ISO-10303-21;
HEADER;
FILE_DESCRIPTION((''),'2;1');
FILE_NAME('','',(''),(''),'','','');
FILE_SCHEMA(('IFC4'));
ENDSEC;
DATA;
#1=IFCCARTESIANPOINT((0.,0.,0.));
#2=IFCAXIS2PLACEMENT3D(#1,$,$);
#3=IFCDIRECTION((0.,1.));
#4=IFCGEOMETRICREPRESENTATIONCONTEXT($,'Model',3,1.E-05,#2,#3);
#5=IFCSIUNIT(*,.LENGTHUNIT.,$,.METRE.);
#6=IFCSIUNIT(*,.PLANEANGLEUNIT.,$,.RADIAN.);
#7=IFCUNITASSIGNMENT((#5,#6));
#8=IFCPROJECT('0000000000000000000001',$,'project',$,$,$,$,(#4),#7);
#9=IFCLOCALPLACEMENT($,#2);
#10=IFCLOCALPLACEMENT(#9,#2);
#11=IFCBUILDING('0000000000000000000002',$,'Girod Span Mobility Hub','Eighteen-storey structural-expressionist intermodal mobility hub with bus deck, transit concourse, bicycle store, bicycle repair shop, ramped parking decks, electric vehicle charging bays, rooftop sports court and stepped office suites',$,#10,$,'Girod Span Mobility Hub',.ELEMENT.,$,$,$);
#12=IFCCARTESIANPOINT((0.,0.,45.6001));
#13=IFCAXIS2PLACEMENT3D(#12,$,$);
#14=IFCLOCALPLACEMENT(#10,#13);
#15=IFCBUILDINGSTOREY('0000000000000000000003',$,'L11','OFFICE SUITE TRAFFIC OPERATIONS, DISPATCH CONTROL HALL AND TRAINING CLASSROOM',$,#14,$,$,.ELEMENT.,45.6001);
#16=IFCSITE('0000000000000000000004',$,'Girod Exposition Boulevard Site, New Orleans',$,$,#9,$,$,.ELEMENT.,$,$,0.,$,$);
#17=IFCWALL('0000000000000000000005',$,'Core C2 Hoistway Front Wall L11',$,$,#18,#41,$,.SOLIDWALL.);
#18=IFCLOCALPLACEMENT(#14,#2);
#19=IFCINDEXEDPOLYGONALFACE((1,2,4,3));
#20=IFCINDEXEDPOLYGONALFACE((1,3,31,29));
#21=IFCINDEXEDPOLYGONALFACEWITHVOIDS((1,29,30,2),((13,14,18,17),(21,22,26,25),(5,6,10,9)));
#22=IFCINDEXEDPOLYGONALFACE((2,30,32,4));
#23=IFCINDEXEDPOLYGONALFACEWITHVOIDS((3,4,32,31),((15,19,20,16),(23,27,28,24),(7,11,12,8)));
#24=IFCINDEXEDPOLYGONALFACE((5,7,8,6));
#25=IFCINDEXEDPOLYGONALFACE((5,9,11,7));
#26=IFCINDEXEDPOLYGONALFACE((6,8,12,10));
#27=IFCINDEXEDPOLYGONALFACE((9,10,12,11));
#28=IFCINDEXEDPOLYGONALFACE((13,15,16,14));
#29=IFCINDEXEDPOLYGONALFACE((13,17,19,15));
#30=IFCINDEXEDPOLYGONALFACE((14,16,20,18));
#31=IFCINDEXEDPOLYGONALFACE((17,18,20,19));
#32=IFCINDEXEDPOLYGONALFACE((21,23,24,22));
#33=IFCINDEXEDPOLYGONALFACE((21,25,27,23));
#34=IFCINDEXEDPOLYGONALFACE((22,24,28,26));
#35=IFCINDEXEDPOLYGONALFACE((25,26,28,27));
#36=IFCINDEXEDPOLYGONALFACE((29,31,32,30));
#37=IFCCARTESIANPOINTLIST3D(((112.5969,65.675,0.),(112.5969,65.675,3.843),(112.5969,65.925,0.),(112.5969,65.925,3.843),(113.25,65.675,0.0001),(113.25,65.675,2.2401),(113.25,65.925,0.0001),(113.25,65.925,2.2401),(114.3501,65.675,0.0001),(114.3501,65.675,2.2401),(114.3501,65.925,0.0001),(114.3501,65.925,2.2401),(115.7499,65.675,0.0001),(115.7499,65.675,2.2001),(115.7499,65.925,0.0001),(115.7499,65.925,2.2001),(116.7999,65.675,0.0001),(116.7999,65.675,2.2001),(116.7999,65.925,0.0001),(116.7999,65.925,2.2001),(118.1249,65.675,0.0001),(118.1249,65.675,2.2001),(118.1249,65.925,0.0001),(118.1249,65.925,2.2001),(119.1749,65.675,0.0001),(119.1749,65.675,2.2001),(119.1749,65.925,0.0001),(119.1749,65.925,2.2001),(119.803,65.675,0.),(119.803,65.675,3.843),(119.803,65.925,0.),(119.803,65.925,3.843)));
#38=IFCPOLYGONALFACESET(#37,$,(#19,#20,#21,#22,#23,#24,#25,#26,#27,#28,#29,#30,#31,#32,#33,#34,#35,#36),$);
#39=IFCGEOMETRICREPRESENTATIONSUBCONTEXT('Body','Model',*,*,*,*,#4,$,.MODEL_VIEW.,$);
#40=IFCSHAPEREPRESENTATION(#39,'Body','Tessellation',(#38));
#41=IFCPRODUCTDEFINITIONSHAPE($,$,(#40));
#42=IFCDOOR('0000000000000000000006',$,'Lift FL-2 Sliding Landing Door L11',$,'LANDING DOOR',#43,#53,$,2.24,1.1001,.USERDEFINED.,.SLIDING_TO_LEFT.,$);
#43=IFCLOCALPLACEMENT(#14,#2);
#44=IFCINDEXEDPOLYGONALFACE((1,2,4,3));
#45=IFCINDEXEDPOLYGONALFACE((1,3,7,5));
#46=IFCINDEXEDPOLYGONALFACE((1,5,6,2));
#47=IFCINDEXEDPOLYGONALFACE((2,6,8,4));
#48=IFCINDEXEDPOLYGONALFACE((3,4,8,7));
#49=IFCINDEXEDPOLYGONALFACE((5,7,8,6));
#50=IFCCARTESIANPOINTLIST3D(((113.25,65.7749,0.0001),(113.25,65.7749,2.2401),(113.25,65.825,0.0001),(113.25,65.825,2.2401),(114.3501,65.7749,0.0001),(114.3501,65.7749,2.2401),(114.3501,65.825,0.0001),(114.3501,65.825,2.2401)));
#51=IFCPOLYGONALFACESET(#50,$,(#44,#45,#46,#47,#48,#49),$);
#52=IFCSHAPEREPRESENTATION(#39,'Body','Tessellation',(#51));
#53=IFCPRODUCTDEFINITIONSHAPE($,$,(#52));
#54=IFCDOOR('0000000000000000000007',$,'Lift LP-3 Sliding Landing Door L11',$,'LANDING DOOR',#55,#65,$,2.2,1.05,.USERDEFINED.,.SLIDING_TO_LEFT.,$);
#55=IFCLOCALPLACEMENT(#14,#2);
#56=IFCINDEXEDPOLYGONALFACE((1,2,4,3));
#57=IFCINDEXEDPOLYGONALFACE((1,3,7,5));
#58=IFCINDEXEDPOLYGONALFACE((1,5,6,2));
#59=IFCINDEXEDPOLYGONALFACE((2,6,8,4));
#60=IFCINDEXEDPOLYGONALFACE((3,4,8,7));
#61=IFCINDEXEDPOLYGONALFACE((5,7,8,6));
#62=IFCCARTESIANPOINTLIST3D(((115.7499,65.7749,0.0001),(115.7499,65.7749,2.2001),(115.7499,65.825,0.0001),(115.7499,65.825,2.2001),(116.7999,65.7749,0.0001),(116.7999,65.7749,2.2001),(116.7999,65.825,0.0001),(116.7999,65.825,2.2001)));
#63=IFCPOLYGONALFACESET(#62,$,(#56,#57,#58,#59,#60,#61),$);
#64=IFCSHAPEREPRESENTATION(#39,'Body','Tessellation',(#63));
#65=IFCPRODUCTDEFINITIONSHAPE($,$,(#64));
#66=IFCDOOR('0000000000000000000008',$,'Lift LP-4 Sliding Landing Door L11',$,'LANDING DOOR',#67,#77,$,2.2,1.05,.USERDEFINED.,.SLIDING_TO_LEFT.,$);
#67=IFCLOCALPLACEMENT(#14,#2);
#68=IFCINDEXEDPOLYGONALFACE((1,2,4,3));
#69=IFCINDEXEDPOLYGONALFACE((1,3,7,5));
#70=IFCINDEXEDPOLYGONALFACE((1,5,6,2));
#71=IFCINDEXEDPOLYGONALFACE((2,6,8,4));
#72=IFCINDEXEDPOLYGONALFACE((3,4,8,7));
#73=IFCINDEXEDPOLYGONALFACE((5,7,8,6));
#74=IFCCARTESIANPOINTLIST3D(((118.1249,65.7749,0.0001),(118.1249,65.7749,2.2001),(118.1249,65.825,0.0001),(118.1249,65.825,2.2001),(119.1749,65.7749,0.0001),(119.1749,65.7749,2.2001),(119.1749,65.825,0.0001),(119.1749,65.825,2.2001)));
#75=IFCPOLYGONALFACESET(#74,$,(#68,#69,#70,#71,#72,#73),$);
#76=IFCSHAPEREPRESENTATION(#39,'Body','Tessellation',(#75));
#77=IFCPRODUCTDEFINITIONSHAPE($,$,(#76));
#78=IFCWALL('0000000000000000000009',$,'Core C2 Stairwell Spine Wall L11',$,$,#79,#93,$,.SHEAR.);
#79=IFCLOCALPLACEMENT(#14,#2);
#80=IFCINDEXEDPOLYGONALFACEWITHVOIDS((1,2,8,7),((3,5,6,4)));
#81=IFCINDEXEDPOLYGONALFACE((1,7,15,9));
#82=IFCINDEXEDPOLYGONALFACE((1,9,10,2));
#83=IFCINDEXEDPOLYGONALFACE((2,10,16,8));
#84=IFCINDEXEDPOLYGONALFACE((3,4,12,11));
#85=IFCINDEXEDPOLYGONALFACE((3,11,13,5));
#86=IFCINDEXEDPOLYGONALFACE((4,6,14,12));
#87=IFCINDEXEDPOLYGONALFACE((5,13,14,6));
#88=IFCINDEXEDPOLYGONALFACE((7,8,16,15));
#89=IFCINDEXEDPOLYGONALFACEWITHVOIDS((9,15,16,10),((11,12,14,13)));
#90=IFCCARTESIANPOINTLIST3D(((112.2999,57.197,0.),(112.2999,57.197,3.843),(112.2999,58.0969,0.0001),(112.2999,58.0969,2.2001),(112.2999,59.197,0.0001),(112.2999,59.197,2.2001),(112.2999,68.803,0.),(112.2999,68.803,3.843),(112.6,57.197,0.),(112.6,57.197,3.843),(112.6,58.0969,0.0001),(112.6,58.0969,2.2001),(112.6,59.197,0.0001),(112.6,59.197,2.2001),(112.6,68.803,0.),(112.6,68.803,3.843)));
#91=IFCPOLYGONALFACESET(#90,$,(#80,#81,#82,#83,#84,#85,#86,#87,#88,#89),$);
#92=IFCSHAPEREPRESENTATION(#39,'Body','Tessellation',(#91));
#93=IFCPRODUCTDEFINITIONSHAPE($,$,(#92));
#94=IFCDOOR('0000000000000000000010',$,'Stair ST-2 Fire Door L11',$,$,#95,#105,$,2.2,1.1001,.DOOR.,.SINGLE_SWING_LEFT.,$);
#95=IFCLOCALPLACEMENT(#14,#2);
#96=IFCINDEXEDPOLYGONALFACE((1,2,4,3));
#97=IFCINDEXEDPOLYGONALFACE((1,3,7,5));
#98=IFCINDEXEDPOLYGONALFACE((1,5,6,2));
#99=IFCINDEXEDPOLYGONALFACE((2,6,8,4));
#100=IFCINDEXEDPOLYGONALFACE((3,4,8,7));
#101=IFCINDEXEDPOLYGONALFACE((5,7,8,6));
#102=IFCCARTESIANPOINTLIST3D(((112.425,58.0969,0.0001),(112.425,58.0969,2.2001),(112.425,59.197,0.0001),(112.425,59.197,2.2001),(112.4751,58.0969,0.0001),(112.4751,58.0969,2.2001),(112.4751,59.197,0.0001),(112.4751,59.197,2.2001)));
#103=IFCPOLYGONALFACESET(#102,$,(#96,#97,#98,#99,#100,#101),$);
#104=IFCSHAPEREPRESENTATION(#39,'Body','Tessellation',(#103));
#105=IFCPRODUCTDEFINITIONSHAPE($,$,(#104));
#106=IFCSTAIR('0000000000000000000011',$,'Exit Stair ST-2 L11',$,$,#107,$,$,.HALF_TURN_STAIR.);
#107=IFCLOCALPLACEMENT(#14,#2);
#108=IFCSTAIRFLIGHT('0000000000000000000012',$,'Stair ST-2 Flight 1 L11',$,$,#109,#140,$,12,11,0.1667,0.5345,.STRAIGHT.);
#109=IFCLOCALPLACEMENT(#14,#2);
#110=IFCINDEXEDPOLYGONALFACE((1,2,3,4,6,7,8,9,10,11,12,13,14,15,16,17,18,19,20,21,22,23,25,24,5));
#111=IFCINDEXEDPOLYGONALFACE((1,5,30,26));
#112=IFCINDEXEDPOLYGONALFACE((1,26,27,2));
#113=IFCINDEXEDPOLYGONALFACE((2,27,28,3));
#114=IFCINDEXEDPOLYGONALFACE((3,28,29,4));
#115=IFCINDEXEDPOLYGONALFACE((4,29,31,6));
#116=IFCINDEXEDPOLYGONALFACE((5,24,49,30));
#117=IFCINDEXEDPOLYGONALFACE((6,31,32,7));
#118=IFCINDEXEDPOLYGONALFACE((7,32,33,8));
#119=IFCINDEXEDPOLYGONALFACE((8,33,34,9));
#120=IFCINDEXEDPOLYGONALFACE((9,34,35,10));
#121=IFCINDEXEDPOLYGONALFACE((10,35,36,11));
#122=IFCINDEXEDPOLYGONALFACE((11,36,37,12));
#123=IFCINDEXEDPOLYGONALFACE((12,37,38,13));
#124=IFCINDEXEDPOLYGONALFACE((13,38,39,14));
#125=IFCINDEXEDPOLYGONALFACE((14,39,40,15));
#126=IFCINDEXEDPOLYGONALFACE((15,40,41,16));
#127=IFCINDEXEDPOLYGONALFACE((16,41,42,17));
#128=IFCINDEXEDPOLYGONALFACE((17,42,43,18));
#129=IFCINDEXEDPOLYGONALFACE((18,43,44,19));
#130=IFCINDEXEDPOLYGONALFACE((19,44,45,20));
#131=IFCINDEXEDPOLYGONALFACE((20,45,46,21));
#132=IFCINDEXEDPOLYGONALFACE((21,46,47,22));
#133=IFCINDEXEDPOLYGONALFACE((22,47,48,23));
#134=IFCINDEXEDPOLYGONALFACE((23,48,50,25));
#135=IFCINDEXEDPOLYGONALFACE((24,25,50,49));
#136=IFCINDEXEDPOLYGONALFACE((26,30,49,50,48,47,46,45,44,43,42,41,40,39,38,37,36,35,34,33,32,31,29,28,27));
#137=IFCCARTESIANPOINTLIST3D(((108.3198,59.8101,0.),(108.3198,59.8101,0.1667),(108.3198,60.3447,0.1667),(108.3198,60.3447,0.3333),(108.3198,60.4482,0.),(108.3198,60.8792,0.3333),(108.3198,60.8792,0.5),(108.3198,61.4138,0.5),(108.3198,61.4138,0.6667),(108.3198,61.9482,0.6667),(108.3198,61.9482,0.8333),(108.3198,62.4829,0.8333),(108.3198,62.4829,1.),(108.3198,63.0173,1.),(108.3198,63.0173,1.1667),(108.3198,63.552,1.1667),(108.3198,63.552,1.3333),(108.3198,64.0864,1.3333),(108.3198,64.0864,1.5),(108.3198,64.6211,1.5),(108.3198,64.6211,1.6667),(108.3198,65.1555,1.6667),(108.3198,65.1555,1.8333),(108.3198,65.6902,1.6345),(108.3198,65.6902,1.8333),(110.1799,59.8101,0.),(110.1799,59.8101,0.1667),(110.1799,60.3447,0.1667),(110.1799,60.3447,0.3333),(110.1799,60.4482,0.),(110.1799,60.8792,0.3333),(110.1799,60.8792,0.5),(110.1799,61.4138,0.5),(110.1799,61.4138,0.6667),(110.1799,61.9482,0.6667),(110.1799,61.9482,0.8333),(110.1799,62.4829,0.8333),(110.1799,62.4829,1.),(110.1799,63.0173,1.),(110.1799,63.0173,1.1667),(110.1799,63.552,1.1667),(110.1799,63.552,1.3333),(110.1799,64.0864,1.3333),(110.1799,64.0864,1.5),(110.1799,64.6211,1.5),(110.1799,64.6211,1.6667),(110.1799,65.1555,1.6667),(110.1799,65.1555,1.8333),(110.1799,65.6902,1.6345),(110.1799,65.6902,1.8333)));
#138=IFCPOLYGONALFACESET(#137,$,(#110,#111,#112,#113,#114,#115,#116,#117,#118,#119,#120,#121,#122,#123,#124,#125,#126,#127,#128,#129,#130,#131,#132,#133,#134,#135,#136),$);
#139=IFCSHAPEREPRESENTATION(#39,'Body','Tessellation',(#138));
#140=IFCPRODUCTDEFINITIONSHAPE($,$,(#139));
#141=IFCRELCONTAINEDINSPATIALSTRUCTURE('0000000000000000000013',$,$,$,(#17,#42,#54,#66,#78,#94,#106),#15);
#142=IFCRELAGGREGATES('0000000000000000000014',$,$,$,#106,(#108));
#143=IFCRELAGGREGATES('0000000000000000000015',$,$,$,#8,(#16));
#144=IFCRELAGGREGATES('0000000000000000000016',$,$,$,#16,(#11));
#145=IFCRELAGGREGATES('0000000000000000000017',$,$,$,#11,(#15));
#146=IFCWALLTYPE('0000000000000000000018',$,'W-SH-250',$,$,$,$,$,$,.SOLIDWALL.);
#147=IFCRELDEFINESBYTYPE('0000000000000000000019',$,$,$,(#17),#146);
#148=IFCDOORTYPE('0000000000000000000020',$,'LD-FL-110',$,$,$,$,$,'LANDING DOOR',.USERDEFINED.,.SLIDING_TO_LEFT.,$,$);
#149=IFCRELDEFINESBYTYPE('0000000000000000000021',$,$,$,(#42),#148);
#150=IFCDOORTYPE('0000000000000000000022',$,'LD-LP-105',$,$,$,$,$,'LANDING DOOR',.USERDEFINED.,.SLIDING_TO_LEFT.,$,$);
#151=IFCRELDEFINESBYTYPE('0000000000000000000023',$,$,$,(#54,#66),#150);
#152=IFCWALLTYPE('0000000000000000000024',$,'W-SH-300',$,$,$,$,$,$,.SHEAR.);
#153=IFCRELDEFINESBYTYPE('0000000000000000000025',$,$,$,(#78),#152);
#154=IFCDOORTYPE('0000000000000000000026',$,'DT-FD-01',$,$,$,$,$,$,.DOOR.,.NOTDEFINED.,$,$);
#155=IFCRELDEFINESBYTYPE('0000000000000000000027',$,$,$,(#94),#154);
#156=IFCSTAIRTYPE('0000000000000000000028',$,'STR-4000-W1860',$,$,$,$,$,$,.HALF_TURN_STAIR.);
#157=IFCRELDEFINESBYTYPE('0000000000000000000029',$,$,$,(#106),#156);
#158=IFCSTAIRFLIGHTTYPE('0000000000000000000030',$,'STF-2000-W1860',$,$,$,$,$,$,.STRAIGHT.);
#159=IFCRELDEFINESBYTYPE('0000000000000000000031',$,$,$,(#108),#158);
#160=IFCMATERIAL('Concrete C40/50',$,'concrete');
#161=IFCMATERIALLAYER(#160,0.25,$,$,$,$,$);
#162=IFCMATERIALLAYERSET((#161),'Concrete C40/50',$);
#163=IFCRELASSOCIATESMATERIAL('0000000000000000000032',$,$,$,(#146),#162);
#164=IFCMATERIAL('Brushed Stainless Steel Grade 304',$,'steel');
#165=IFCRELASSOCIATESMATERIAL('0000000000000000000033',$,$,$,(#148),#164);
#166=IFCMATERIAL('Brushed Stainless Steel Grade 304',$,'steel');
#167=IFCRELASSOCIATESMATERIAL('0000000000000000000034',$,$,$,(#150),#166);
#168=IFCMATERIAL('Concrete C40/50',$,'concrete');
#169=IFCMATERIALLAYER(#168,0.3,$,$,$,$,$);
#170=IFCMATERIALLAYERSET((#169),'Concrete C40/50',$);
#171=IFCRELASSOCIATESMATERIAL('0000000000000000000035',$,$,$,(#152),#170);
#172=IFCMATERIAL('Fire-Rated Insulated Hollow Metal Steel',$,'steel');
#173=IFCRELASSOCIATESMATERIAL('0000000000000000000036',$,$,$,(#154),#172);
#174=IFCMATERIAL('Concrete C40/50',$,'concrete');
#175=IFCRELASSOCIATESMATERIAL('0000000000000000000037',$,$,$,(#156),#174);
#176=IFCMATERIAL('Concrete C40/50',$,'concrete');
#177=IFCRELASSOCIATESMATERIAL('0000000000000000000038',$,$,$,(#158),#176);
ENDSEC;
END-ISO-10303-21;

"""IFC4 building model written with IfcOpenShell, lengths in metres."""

from ifc_helpers import new_model, si_unit, direction, frame, frame_2d, origin, place, context, subcontext, project, spatial, polyline, rectangle, outline, extrude, material, layer, layer_set, type_object, element, fill, aggregate, save


model = new_model("IFC4")

# Units and contexts
model_context = context("Model", 3, precision=1e-05, world=origin(), true_north=direction((0.0, 1.0)))
body_context = subcontext(model_context, "Body", "Model", "MODEL_VIEW")
ifc_project = project(units=[si_unit("LENGTHUNIT", "METRE"), si_unit("PLANEANGLEUNIT", "RADIAN")], contexts=[model_context])

# Site, building, storey
site_placement = place(None, origin())
site = spatial("IfcSite", under=ifc_project, at=site_placement, Name="Girod Exposition Boulevard Site, New Orleans", CompositionType="ELEMENT", RefElevation=0.0)
building_placement = place(site_placement, origin())
building = spatial("IfcBuilding", under=site, at=building_placement, Name="Girod Span Mobility Hub", Description="Eighteen-storey structural-expressionist intermodal mobility hub with bus deck, transit concourse, bicycle store, bicycle repair shop, ramped parking decks, electric vehicle charging bays, rooftop sports court and stepped office suites", LongName="Girod Span Mobility Hub", CompositionType="ELEMENT")
storey_placement = place(building_placement, frame((0.0, 0.0, 45.6001)))
storey = spatial("IfcBuildingStorey", under=building, at=storey_placement, Name="L11", Description="OFFICE SUITE TRAFFIC OPERATIONS, DISPATCH CONTROL HALL AND TRAINING CLASSROOM", CompositionType="ELEMENT", Elevation=45.6001)

# Wall, openings, doors
ifc_material_1 = material(Name="Concrete C40/50", Category="concrete")
ifc_layer_1 = layer(ifc_material_1, 0.25)
ifc_layer_set_1 = layer_set([ifc_layer_1], Name="Concrete C40/50")
wall_type_1 = type_object("IfcWallType", Name="W-SH-250", PredefinedType="SOLIDWALL", material=ifc_layer_set_1)
wall_1_placement = place(storey_placement, frame((112.5969, 65.8, 0.0), z_axis=(0.0, 0.0, 1.0), x_axis=(1.0, 0.0, 0.0)))
wall_1 = element("IfcWall", 1, at=wall_1_placement, inside=storey, type_object=wall_type_1, Name="Core C2 Hoistway Front Wall L11", PredefinedType="SOLIDWALL", context=body_context, shape_type="SweptSolid", body=[
    extrude(rectangle(XDim=7.2061, YDim=0.25, at=frame_2d((3.603, 0.0))), origin(), (0.0, 0.0, 1.0), 3.843),
])
opening_1_placement = place(wall_1_placement, frame((0.6531, 0.0, 0.0)))
opening_1 = element("IfcOpeningElement", 2, at=opening_1_placement, cuts=wall_1, PredefinedType="OPENING", context=body_context, shape_type="SweptSolid", body=[
    extrude(rectangle(XDim=1.1001, YDim=2.24, at=frame_2d((0.55, 1.1201))), frame((0.0, 0.1399, 0.0), z_axis=(0.0, -1.0, 0.0), x_axis=(1.0, 0.0, 0.0)), (0.0, 0.0, 1.0), 0.28),
])
opening_2_placement = place(wall_1_placement, frame((3.1531, 0.0, 0.0)))
opening_2 = element("IfcOpeningElement", 3, at=opening_2_placement, cuts=wall_1, PredefinedType="OPENING", context=body_context, shape_type="SweptSolid", body=[
    extrude(rectangle(XDim=1.05, YDim=2.2, at=frame_2d((0.5249, 1.1001))), frame((0.0, 0.1399, 0.0), z_axis=(0.0, -1.0, 0.0), x_axis=(1.0, 0.0, 0.0)), (0.0, 0.0, 1.0), 0.28),
])
opening_3_placement = place(wall_1_placement, frame((5.5281, 0.0, 0.0)))
opening_3 = element("IfcOpeningElement", 4, at=opening_3_placement, cuts=wall_1, PredefinedType="OPENING", context=body_context, shape_type="SweptSolid", body=[
    extrude(rectangle(XDim=1.05, YDim=2.2, at=frame_2d((0.5249, 1.1001))), frame((0.0, 0.1399, 0.0), z_axis=(0.0, -1.0, 0.0), x_axis=(1.0, 0.0, 0.0)), (0.0, 0.0, 1.0), 0.28),
])
ifc_material_2 = material(Name="Brushed Stainless Steel Grade 304", Category="steel")
door_type_1 = type_object("IfcDoorType", Name="LD-FL-110", ElementType="LANDING DOOR", OperationType="SLIDING_TO_LEFT", PredefinedType="USERDEFINED", material=ifc_material_2)
door_1_placement = place(opening_1_placement, origin())
door_1 = element("IfcDoor", 5, at=door_1_placement, inside=storey, type_object=door_type_1, Name="Lift FL-2 Sliding Landing Door L11", ObjectType="LANDING DOOR", OperationType="SLIDING_TO_LEFT", OverallHeight=2.24, OverallWidth=1.1001, PredefinedType="USERDEFINED", context=body_context, shape_type="SweptSolid", body=[
    extrude(rectangle(XDim=1.1001, YDim=2.24, at=frame_2d((0.55, 1.1201))), frame((0.0, 0.0249, 0.0), z_axis=(0.0, -1.0, 0.0), x_axis=(1.0, 0.0, 0.0)), (0.0, 0.0, 1.0), 0.05),
])
fill(opening_1, door_1)
ifc_material_3 = material(Name="Brushed Stainless Steel Grade 304", Category="steel")
door_type_2 = type_object("IfcDoorType", Name="LD-LP-105", ElementType="LANDING DOOR", OperationType="SLIDING_TO_LEFT", PredefinedType="USERDEFINED", material=ifc_material_3)
door_2_placement = place(opening_2_placement, origin())
door_2 = element("IfcDoor", 6, at=door_2_placement, inside=storey, type_object=door_type_2, Name="Lift LP-3 Sliding Landing Door L11", ObjectType="LANDING DOOR", OperationType="SLIDING_TO_LEFT", OverallHeight=2.2, OverallWidth=1.05, PredefinedType="USERDEFINED", context=body_context, shape_type="SweptSolid", body=[
    extrude(rectangle(XDim=1.05, YDim=2.2, at=frame_2d((0.5249, 1.1001))), frame((0.0, 0.0249, 0.0), z_axis=(0.0, -1.0, 0.0), x_axis=(1.0, 0.0, 0.0)), (0.0, 0.0, 1.0), 0.05),
])
fill(opening_2, door_2)
door_3_placement = place(opening_3_placement, origin())
door_3 = element("IfcDoor", 7, at=door_3_placement, inside=storey, type_object=door_type_2, Name="Lift LP-4 Sliding Landing Door L11", ObjectType="LANDING DOOR", OperationType="SLIDING_TO_LEFT", OverallHeight=2.2, OverallWidth=1.05, PredefinedType="USERDEFINED", context=body_context, shape_type="SweptSolid", body=[
    extrude(rectangle(XDim=1.05, YDim=2.2, at=frame_2d((0.5249, 1.1001))), frame((0.0, 0.0249, 0.0), z_axis=(0.0, -1.0, 0.0), x_axis=(1.0, 0.0, 0.0)), (0.0, 0.0, 1.0), 0.05),
])
fill(opening_3, door_3)

# Wall, opening, door
ifc_material_4 = material(Name="Concrete C40/50", Category="concrete")
ifc_layer_2 = layer(ifc_material_4, 0.3)
ifc_layer_set_2 = layer_set([ifc_layer_2], Name="Concrete C40/50")
wall_type_2 = type_object("IfcWallType", Name="W-SH-300", PredefinedType="SHEAR", material=ifc_layer_set_2)
wall_2_placement = place(storey_placement, frame((112.45, 57.197, 0.0), z_axis=(0.0, 0.0, 1.0), x_axis=(0.0, 1.0, 0.0)))
wall_2 = element("IfcWall", 8, at=wall_2_placement, inside=storey, type_object=wall_type_2, Name="Core C2 Stairwell Spine Wall L11", PredefinedType="SHEAR", context=body_context, shape_type="SweptSolid", body=[
    extrude(rectangle(XDim=11.606, YDim=0.3, at=frame_2d((5.803, 0.0))), origin(), (0.0, 0.0, 1.0), 3.843),
])
opening_4_placement = place(wall_2_placement, frame((0.8999, 0.0, 0.0)))
opening_4 = element("IfcOpeningElement", 9, at=opening_4_placement, cuts=wall_2, PredefinedType="OPENING", context=body_context, shape_type="SweptSolid", body=[
    extrude(rectangle(XDim=1.1001, YDim=2.2, at=frame_2d((0.55, 1.1001))), frame((0.0, 0.165, 0.0), z_axis=(0.0, -1.0, 0.0), x_axis=(1.0, 0.0, 0.0)), (0.0, 0.0, 1.0), 0.3301),
])
ifc_material_5 = material(Name="Fire-Rated Insulated Hollow Metal Steel", Category="steel")
door_type_3 = type_object("IfcDoorType", Name="DT-FD-01", OperationType="NOTDEFINED", PredefinedType="DOOR", material=ifc_material_5)
door_4_placement = place(opening_4_placement, origin())
door_4 = element("IfcDoor", 10, at=door_4_placement, inside=storey, type_object=door_type_3, Name="Stair ST-2 Fire Door L11", OperationType="SINGLE_SWING_LEFT", OverallHeight=2.2, OverallWidth=1.1001, PredefinedType="DOOR", context=body_context, shape_type="SweptSolid", body=[
    extrude(rectangle(XDim=1.1001, YDim=2.2, at=frame_2d((0.55, 1.1001))), frame((0.0, 0.0249, 0.0), z_axis=(0.0, -1.0, 0.0), x_axis=(1.0, 0.0, 0.0)), (0.0, 0.0, 1.0), 0.05),
])
fill(opening_4, door_4)

# Stair, stair flight
ifc_material_6 = material(Name="Concrete C40/50", Category="concrete")
stair_type = type_object("IfcStairType", Name="STR-4000-W1860", PredefinedType="HALF_TURN_STAIR", material=ifc_material_6)
stair_placement = place(storey_placement, origin())
stair = element("IfcStair", 11, at=stair_placement, inside=storey, type_object=stair_type, Name="Exit Stair ST-2 L11", PredefinedType="HALF_TURN_STAIR")
ifc_material_7 = material(Name="Concrete C40/50", Category="concrete")
stair_flight_type = type_object("IfcStairFlightType", Name="STF-2000-W1860", PredefinedType="STRAIGHT", material=ifc_material_7)
stair_flight_1_placement = place(storey_placement, frame((109.25, 59.8101, 0.0), z_axis=(0.0, 0.0, 1.0), x_axis=(0.0, 1.0, 0.0)))
stair_flight_1 = element("IfcStairFlight", 12, at=stair_flight_1_placement, type_object=stair_flight_type, Name="Stair ST-2 Flight 1 L11", NumberOfRisers=12, NumberOfTreads=11, PredefinedType="STRAIGHT", RiserHeight=0.1667, TreadLength=0.5345, context=body_context, shape_type="SweptSolid", body=[
    extrude(outline(polyline([(0.0, 0.0), (0.0, 0.1667), (0.5347, 0.1667), (0.5347, 0.3333), (1.0691, 0.3333), (1.0691, 0.5), (1.6038, 0.5), (1.6038, 0.6667), (2.1382, 0.6667), (2.1382, 0.8333), (2.6729, 0.8333), (2.6729, 1.0), (3.2073, 1.0), (3.2073, 1.1667), (3.7419, 1.1667), (3.7419, 1.3333), (4.2764, 1.3333), (4.2764, 1.5), (4.811, 1.5), (4.811, 1.6667), (5.3455, 1.6667), (5.3455, 1.8333), (5.8801, 1.8333), (5.8801, 2.0), (5.8801, 1.6345), (0.6382, 0.0), (0.0, 0.0)])), frame((0.0, 0.9302, 0.0), z_axis=(0.0, -1.0, 0.0), x_axis=(1.0, 0.0, 0.0)), (0.0, 0.0, 1.0), 1.8601),
])
aggregate(stair, [stair_flight_1])

save(model, "model.ifc")
